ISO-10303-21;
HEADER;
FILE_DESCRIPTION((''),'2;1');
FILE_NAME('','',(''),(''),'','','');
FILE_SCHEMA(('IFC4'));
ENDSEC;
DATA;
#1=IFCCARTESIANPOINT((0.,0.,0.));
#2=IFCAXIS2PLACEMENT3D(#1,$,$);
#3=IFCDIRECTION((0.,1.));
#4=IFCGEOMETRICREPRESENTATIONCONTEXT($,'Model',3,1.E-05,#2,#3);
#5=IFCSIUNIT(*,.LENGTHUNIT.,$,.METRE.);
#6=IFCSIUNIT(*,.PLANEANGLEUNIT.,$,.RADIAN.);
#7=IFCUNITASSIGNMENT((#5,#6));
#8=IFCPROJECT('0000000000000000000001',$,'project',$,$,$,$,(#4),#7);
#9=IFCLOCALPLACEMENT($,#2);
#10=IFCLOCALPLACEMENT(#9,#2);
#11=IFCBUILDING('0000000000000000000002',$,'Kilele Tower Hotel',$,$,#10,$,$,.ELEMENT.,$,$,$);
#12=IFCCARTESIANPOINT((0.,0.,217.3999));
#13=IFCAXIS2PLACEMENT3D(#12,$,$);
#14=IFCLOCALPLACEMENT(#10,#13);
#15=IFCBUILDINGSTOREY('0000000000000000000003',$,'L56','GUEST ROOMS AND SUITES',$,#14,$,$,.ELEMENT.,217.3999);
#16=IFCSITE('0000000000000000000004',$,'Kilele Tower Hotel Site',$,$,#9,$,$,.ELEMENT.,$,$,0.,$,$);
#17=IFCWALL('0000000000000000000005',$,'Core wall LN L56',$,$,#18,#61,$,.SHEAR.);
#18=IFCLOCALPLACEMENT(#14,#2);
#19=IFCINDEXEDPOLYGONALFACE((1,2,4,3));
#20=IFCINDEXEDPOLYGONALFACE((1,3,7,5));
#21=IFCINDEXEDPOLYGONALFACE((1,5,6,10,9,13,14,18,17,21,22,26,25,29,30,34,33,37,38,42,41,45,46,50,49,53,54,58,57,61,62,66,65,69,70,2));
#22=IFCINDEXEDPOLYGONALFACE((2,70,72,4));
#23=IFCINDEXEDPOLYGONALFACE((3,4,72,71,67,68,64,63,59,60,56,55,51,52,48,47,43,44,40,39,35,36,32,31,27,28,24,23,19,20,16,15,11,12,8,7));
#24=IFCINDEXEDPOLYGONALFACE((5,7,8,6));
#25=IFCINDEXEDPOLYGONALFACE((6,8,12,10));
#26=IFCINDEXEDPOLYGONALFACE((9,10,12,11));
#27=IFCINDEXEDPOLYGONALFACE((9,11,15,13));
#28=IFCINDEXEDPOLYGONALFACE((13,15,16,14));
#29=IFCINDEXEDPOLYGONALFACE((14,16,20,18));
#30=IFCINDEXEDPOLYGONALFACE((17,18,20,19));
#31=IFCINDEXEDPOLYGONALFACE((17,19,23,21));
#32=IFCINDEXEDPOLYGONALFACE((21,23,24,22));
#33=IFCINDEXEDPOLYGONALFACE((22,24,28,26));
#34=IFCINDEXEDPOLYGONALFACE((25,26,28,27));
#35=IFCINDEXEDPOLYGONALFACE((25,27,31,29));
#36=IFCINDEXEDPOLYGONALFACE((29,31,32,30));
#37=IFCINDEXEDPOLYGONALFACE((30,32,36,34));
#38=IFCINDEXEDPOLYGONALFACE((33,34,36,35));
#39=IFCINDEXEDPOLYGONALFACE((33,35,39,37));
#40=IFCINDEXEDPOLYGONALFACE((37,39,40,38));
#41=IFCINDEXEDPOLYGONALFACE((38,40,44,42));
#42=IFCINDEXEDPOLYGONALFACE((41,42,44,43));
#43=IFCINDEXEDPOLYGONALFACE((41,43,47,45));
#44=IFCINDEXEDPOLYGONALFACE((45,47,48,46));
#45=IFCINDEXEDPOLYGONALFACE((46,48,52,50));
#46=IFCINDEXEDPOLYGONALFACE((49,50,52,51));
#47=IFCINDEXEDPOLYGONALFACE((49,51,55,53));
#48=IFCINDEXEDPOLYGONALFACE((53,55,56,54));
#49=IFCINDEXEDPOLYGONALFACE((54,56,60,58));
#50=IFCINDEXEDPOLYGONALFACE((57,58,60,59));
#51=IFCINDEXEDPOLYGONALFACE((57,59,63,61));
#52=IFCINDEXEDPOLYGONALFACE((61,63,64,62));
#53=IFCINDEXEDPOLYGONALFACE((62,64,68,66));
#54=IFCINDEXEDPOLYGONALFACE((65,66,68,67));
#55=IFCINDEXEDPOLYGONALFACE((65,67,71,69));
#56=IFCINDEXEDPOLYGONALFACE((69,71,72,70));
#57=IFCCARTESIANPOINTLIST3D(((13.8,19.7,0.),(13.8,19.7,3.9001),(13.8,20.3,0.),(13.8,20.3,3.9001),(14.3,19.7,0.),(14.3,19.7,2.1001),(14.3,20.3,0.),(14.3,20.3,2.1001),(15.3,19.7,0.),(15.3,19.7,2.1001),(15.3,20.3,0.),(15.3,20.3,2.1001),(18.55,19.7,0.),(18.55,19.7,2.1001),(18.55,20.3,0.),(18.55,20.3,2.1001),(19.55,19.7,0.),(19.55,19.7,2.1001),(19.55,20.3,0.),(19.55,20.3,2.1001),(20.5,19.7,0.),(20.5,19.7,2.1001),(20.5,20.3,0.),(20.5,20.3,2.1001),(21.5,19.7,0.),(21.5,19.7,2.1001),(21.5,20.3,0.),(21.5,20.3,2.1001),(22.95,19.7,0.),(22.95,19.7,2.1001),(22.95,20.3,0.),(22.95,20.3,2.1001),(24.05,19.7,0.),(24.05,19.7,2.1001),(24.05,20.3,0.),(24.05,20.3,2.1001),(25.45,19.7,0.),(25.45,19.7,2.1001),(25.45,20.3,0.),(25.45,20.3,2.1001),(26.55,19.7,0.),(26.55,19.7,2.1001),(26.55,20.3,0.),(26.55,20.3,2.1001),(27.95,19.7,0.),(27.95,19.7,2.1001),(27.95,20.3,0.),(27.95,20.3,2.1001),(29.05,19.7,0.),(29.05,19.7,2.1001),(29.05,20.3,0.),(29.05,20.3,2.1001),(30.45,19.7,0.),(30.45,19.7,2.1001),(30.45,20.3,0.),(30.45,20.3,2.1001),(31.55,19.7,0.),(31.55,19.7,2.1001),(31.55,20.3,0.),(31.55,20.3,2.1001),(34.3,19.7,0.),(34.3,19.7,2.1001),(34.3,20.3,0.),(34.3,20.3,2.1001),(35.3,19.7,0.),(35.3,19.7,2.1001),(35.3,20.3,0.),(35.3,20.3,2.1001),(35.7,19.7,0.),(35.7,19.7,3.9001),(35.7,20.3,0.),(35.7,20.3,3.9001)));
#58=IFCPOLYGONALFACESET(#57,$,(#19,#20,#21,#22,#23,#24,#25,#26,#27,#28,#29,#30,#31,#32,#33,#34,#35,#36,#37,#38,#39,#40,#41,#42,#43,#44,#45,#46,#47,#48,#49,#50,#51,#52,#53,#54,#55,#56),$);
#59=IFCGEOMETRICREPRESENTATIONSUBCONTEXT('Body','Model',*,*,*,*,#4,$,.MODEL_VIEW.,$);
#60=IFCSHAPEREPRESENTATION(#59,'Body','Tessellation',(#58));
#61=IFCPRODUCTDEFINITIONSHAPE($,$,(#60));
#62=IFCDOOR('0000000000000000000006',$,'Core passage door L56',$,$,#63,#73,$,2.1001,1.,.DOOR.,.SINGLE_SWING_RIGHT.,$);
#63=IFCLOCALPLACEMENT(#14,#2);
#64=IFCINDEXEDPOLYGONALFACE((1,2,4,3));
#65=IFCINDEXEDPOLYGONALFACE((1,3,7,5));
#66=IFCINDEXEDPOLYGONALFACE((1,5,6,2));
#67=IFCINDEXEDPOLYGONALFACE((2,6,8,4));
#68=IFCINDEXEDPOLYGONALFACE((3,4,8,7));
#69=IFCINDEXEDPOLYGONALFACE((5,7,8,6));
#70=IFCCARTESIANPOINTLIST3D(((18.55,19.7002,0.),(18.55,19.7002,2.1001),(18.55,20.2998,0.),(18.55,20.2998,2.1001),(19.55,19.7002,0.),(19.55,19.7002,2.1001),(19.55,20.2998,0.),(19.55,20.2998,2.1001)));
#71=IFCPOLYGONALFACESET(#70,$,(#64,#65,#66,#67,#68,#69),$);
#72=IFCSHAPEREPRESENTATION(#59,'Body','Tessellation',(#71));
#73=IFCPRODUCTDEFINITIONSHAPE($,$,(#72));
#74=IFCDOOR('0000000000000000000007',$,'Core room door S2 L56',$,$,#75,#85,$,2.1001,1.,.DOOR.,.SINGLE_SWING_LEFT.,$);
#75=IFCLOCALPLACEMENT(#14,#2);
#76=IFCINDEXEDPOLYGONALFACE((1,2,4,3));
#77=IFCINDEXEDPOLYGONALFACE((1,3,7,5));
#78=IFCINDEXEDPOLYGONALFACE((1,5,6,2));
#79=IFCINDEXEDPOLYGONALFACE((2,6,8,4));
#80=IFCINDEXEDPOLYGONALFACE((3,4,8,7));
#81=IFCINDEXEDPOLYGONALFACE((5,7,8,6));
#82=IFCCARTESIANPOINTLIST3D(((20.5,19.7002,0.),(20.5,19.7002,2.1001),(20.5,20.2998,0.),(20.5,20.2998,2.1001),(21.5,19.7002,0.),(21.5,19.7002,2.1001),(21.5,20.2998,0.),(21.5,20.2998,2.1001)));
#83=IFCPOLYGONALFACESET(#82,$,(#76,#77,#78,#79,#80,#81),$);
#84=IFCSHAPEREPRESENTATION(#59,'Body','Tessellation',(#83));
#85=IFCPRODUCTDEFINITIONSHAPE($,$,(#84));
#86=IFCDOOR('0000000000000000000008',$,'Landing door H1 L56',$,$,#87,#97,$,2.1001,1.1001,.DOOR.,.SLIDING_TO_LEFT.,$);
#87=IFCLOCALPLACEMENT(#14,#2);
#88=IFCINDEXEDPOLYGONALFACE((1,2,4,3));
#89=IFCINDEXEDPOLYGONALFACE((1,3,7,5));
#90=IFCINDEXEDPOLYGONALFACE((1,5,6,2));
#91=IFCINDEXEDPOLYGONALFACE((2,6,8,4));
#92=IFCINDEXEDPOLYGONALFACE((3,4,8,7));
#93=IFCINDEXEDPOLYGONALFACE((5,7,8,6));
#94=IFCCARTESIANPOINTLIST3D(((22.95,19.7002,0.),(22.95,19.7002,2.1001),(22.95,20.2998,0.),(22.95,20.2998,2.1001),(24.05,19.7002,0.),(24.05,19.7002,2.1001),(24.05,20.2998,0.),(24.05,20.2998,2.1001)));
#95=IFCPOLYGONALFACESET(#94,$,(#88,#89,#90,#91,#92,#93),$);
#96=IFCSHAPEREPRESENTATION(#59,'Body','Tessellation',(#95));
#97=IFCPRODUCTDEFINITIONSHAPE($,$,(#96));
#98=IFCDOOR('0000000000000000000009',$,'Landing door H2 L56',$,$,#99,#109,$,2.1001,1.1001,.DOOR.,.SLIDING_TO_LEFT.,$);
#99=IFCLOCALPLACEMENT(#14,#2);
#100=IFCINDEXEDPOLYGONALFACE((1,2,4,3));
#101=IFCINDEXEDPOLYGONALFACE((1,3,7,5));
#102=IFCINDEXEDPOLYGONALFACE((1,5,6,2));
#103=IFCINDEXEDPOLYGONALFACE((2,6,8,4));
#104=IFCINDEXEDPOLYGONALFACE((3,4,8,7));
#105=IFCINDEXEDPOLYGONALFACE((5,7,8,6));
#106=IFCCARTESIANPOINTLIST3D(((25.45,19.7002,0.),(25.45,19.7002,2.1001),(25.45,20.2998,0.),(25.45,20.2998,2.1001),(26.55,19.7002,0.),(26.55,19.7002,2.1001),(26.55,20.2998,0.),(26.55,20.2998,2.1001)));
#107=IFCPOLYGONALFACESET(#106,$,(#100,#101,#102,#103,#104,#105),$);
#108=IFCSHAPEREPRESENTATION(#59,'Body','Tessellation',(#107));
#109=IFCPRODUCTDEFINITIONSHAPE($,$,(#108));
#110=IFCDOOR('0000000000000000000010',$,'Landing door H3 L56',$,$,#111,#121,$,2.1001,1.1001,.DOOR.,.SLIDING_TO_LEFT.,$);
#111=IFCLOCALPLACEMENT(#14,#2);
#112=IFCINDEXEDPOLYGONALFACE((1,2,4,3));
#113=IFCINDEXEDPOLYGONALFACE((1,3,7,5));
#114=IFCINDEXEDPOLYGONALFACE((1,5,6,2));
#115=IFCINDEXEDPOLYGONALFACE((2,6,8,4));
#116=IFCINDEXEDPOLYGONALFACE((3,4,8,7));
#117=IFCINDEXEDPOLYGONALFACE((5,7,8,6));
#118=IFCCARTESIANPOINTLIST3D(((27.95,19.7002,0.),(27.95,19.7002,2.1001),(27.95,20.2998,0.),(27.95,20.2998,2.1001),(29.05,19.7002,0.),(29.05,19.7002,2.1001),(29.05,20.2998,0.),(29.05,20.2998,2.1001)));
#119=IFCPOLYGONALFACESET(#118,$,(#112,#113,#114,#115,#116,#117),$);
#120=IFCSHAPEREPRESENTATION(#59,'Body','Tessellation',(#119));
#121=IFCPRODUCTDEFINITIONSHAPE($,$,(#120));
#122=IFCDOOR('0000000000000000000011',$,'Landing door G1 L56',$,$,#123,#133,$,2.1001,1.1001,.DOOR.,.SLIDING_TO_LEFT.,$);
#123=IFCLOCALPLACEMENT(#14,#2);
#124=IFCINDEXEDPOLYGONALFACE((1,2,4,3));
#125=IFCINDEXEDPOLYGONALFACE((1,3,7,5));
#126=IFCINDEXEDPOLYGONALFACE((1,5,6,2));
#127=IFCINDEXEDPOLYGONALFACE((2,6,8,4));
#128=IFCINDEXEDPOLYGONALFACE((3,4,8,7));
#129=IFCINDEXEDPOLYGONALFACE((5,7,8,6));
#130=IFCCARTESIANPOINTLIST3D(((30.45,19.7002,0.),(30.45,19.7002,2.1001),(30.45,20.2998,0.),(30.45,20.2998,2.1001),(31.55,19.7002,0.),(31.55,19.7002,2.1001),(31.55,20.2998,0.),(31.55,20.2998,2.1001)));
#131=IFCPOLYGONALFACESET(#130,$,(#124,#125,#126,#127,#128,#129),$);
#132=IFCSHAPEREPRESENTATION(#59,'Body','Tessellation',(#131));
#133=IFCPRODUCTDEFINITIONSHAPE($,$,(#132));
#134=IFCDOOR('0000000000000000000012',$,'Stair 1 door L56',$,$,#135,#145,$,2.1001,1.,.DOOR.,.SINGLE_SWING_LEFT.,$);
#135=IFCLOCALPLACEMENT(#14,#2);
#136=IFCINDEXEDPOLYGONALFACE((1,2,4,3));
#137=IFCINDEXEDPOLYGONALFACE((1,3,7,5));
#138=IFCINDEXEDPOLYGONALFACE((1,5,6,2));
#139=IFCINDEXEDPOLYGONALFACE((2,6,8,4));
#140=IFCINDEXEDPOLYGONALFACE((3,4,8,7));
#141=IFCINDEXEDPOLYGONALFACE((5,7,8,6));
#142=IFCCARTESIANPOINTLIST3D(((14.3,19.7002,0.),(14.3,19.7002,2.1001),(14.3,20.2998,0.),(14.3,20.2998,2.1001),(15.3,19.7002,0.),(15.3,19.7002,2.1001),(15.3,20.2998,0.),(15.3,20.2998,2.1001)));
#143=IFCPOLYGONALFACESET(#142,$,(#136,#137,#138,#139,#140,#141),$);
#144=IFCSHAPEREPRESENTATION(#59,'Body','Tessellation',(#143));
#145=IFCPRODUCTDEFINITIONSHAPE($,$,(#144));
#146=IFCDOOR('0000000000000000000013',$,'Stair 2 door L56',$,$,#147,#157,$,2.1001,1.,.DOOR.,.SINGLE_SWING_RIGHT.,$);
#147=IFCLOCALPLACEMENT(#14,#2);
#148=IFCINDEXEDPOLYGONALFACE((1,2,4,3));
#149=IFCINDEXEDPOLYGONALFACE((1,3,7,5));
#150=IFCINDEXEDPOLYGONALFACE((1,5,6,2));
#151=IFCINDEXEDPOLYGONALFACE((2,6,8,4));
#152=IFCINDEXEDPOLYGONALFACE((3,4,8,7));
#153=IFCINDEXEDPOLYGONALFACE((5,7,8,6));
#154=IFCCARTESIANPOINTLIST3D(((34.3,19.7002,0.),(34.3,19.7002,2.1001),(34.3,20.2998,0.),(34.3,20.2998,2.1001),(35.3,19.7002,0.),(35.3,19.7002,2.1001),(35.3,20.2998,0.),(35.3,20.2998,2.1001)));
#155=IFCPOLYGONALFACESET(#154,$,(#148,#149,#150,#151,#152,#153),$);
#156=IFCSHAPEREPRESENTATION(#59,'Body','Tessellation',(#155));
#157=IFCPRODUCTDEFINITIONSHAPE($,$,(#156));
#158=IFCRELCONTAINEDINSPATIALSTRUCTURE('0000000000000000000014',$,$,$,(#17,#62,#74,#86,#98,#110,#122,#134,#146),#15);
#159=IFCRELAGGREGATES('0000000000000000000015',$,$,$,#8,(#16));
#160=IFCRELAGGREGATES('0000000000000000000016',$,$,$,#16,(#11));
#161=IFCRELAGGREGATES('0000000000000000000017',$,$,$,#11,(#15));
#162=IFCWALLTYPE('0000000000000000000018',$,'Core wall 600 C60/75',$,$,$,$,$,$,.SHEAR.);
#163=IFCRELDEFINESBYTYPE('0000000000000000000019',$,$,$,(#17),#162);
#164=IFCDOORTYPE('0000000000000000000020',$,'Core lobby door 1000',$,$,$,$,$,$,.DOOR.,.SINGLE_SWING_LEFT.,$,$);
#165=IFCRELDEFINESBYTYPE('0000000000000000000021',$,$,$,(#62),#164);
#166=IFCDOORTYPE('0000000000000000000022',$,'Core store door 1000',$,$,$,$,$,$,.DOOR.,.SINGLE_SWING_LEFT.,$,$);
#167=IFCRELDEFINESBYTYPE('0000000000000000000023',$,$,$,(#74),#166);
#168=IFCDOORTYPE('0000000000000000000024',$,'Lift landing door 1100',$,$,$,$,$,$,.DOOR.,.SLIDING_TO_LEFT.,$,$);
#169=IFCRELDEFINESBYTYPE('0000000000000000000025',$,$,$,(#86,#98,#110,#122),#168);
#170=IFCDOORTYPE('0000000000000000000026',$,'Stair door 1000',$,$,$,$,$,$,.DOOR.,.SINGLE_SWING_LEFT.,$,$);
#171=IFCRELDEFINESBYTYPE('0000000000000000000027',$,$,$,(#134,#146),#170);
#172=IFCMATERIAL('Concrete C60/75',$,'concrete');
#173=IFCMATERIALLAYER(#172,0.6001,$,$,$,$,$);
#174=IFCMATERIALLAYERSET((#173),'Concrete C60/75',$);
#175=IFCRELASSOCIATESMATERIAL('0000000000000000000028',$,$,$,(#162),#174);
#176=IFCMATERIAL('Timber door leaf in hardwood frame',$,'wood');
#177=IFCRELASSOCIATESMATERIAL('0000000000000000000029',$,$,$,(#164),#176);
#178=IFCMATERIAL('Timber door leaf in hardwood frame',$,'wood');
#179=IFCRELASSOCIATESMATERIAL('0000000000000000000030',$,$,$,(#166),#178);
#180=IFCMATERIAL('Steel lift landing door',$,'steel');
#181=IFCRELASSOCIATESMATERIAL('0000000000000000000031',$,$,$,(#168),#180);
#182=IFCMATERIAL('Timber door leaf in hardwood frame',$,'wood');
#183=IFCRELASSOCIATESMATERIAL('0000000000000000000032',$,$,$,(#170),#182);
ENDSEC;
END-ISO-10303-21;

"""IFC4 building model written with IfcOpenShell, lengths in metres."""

from ifc_helpers import new_model, si_unit, direction, frame, frame_2d, origin, place, context, subcontext, project, spatial, rectangle, extrude, material, layer, layer_set, type_object, element, fill, save


model = new_model("IFC4")

# Units and contexts
model_context = context("Model", 3, precision=1e-05, world=origin(), true_north=direction((0.0, 1.0)))
body_context = subcontext(model_context, "Body", "Model", "MODEL_VIEW")
ifc_project = project(units=[si_unit("LENGTHUNIT", "METRE"), si_unit("PLANEANGLEUNIT", "RADIAN")], contexts=[model_context])

# Site, building, storey
site_placement = place(None, origin())
site = spatial("IfcSite", under=ifc_project, at=site_placement, Name="Kilele Tower Hotel Site", CompositionType="ELEMENT", RefElevation=0.0)
building_placement = place(site_placement, origin())
building = spatial("IfcBuilding", under=site, at=building_placement, Name="Kilele Tower Hotel", CompositionType="ELEMENT")
storey_placement = place(building_placement, frame((0.0, 0.0, 217.3999)))
storey = spatial("IfcBuildingStorey", under=building, at=storey_placement, Name="L56", Description="GUEST ROOMS AND SUITES", CompositionType="ELEMENT", Elevation=217.3999)

# Wall, openings, doors
ifc_material_1 = material(Name="Concrete C60/75", Category="concrete")
ifc_layer_1 = layer(ifc_material_1, 0.6001)
ifc_layer_set_1 = layer_set([ifc_layer_1], Name="Concrete C60/75")
wall_type_1 = type_object("IfcWallType", Name="Core wall 600 C60/75", PredefinedType="SHEAR", material=ifc_layer_set_1)
wall_1_placement = place(storey_placement, frame((13.8, 20.0, 0.0), z_axis=(0.0, 0.0, 1.0), x_axis=(1.0, 0.0, 0.0)))
wall_1 = element("IfcWall", 1, at=wall_1_placement, inside=storey, type_object=wall_type_1, Name="Core wall LN L56", PredefinedType="SHEAR", context=body_context, shape_type="SweptSolid", body=[
    extrude(rectangle(XDim=21.8999, YDim=0.6001, at=frame_2d((10.95, 0.0))), origin(), (0.0, 0.0, 1.0), 3.9001),
])
opening_1_placement = place(wall_1_placement, frame((0.5, 0.0, 0.0)))
opening_1 = element("IfcOpeningElement", 2, at=opening_1_placement, cuts=wall_1, PredefinedType="OPENING", context=body_context, shape_type="SweptSolid", body=[
    extrude(rectangle(XDim=1.0, YDim=2.1001, at=frame_2d((0.5, 1.05))), frame((0.0, 0.3101, 0.0), z_axis=(0.0, -1.0, 0.0), x_axis=(1.0, 0.0, 0.0)), (0.0, 0.0, 1.0), 0.6201),
])
opening_2_placement = place(wall_1_placement, frame((20.5, 0.0, 0.0)))
opening_2 = element("IfcOpeningElement", 3, at=opening_2_placement, cuts=wall_1, PredefinedType="OPENING", context=body_context, shape_type="SweptSolid", body=[
    extrude(rectangle(XDim=1.0, YDim=2.1001, at=frame_2d((0.5, 1.05))), frame((0.0, 0.3101, 0.0), z_axis=(0.0, -1.0, 0.0), x_axis=(1.0, 0.0, 0.0)), (0.0, 0.0, 1.0), 0.6201),
])
opening_3_placement = place(wall_1_placement, frame((9.1499, 0.0, 0.0)))
opening_3 = element("IfcOpeningElement", 4, at=opening_3_placement, cuts=wall_1, PredefinedType="OPENING", context=body_context, shape_type="SweptSolid", body=[
    extrude(rectangle(XDim=1.1001, YDim=2.1001, at=frame_2d((0.55, 1.05))), frame((0.0, 0.3101, 0.0), z_axis=(0.0, -1.0, 0.0), x_axis=(1.0, 0.0, 0.0)), (0.0, 0.0, 1.0), 0.6201),
])
opening_4_placement = place(wall_1_placement, frame((11.6499, 0.0, 0.0)))
opening_4 = element("IfcOpeningElement", 5, at=opening_4_placement, cuts=wall_1, PredefinedType="OPENING", context=body_context, shape_type="SweptSolid", body=[
    extrude(rectangle(XDim=1.1001, YDim=2.1001, at=frame_2d((0.55, 1.05))), frame((0.0, 0.3101, 0.0), z_axis=(0.0, -1.0, 0.0), x_axis=(1.0, 0.0, 0.0)), (0.0, 0.0, 1.0), 0.6201),
])
opening_5_placement = place(wall_1_placement, frame((14.1499, 0.0, 0.0)))
opening_5 = element("IfcOpeningElement", 6, at=opening_5_placement, cuts=wall_1, PredefinedType="OPENING", context=body_context, shape_type="SweptSolid", body=[
    extrude(rectangle(XDim=1.1001, YDim=2.1001, at=frame_2d((0.55, 1.05))), frame((0.0, 0.3101, 0.0), z_axis=(0.0, -1.0, 0.0), x_axis=(1.0, 0.0, 0.0)), (0.0, 0.0, 1.0), 0.6201),
])
opening_6_placement = place(wall_1_placement, frame((16.6499, 0.0, 0.0)))
opening_6 = element("IfcOpeningElement", 7, at=opening_6_placement, cuts=wall_1, PredefinedType="OPENING", context=body_context, shape_type="SweptSolid", body=[
    extrude(rectangle(XDim=1.1001, YDim=2.1001, at=frame_2d((0.55, 1.05))), frame((0.0, 0.3101, 0.0), z_axis=(0.0, -1.0, 0.0), x_axis=(1.0, 0.0, 0.0)), (0.0, 0.0, 1.0), 0.6201),
])
opening_7_placement = place(wall_1_placement, frame((5.75, 0.0, 0.0), z_axis=(0.0, 0.0, 1.0), x_axis=(-1.0, 0.0, 0.0)))
opening_7 = element("IfcOpeningElement", 8, at=opening_7_placement, cuts=wall_1, PredefinedType="OPENING", context=body_context, shape_type="SweptSolid", body=[
    extrude(rectangle(XDim=1.0, YDim=2.1001, at=frame_2d((0.5, 1.05))), frame((0.0, 0.3101, 0.0), z_axis=(0.0, -1.0, 0.0), x_axis=(1.0, 0.0, 0.0)), (0.0, 0.0, 1.0), 0.6201),
])
opening_8_placement = place(wall_1_placement, frame((6.7, 0.0, 0.0)))
opening_8 = element("IfcOpeningElement", 9, at=opening_8_placement, cuts=wall_1, PredefinedType="OPENING", context=body_context, shape_type="SweptSolid", body=[
    extrude(rectangle(XDim=1.0, YDim=2.1001, at=frame_2d((0.5, 1.05))), frame((0.0, 0.3101, 0.0), z_axis=(0.0, -1.0, 0.0), x_axis=(1.0, 0.0, 0.0)), (0.0, 0.0, 1.0), 0.6201),
])
ifc_material_2 = material(Name="Timber door leaf in hardwood frame", Category="wood")
door_type_1 = type_object("IfcDoorType", Name="Core lobby door 1000", OperationType="SINGLE_SWING_LEFT", PredefinedType="DOOR", material=ifc_material_2)
door_1_placement = place(opening_7_placement, origin())
door_1 = element("IfcDoor", 10, at=door_1_placement, inside=storey, type_object=door_type_1, Name="Core passage door L56", OperationType="SINGLE_SWING_RIGHT", OverallHeight=2.1001, OverallWidth=1.0, PredefinedType="DOOR", context=body_context, shape_type="SweptSolid", body=[
    extrude(rectangle(XDim=1.0, YDim=2.1001, at=frame_2d((0.5, 1.05))), frame((0.0, 0.2998, 0.0), z_axis=(0.0, -1.0, 0.0), x_axis=(1.0, 0.0, 0.0)), (0.0, 0.0, 1.0), 0.5996),
])
fill(opening_7, door_1)
ifc_material_3 = material(Name="Timber door leaf in hardwood frame", Category="wood")
door_type_2 = type_object("IfcDoorType", Name="Core store door 1000", OperationType="SINGLE_SWING_LEFT", PredefinedType="DOOR", material=ifc_material_3)
door_2_placement = place(opening_8_placement, origin())
door_2 = element("IfcDoor", 11, at=door_2_placement, inside=storey, type_object=door_type_2, Name="Core room door S2 L56", OperationType="SINGLE_SWING_LEFT", OverallHeight=2.1001, OverallWidth=1.0, PredefinedType="DOOR", context=body_context, shape_type="SweptSolid", body=[
    extrude(rectangle(XDim=1.0, YDim=2.1001, at=frame_2d((0.5, 1.05))), frame((0.0, 0.2998, 0.0), z_axis=(0.0, -1.0, 0.0), x_axis=(1.0, 0.0, 0.0)), (0.0, 0.0, 1.0), 0.5996),
])
fill(opening_8, door_2)
ifc_material_4 = material(Name="Steel lift landing door", Category="steel")
door_type_3 = type_object("IfcDoorType", Name="Lift landing door 1100", OperationType="SLIDING_TO_LEFT", PredefinedType="DOOR", material=ifc_material_4)
door_3_placement = place(opening_3_placement, origin())
door_3 = element("IfcDoor", 12, at=door_3_placement, inside=storey, type_object=door_type_3, Name="Landing door H1 L56", OperationType="SLIDING_TO_LEFT", OverallHeight=2.1001, OverallWidth=1.1001, PredefinedType="DOOR", context=body_context, shape_type="SweptSolid", body=[
    extrude(rectangle(XDim=1.1001, YDim=2.1001, at=frame_2d((0.55, 1.05))), frame((0.0, 0.2998, 0.0), z_axis=(0.0, -1.0, 0.0), x_axis=(1.0, 0.0, 0.0)), (0.0, 0.0, 1.0), 0.5996),
])
fill(opening_3, door_3)
door_4_placement = place(opening_4_placement, origin())
door_4 = element("IfcDoor", 13, at=door_4_placement, inside=storey, type_object=door_type_3, Name="Landing door H2 L56", OperationType="SLIDING_TO_LEFT", OverallHeight=2.1001, OverallWidth=1.1001, PredefinedType="DOOR", context=body_context, shape_type="SweptSolid", body=[
    extrude(rectangle(XDim=1.1001, YDim=2.1001, at=frame_2d((0.55, 1.05))), frame((0.0, 0.2998, 0.0), z_axis=(0.0, -1.0, 0.0), x_axis=(1.0, 0.0, 0.0)), (0.0, 0.0, 1.0), 0.5996),
])
fill(opening_4, door_4)
door_5_placement = place(opening_5_placement, origin())
door_5 = element("IfcDoor", 14, at=door_5_placement, inside=storey, type_object=door_type_3, Name="Landing door H3 L56", OperationType="SLIDING_TO_LEFT", OverallHeight=2.1001, OverallWidth=1.1001, PredefinedType="DOOR", context=body_context, shape_type="SweptSolid", body=[
    extrude(rectangle(XDim=1.1001, YDim=2.1001, at=frame_2d((0.55, 1.05))), frame((0.0, 0.2998, 0.0), z_axis=(0.0, -1.0, 0.0), x_axis=(1.0, 0.0, 0.0)), (0.0, 0.0, 1.0), 0.5996),
])
fill(opening_5, door_5)
door_6_placement = place(opening_6_placement, origin())
door_6 = element("IfcDoor", 15, at=door_6_placement, inside=storey, type_object=door_type_3, Name="Landing door G1 L56", OperationType="SLIDING_TO_LEFT", OverallHeight=2.1001, OverallWidth=1.1001, PredefinedType="DOOR", context=body_context, shape_type="SweptSolid", body=[
    extrude(rectangle(XDim=1.1001, YDim=2.1001, at=frame_2d((0.55, 1.05))), frame((0.0, 0.2998, 0.0), z_axis=(0.0, -1.0, 0.0), x_axis=(1.0, 0.0, 0.0)), (0.0, 0.0, 1.0), 0.5996),
])
fill(opening_6, door_6)
ifc_material_5 = material(Name="Timber door leaf in hardwood frame", Category="wood")
door_type_4 = type_object("IfcDoorType", Name="Stair door 1000", OperationType="SINGLE_SWING_LEFT", PredefinedType="DOOR", material=ifc_material_5)
door_7_placement = place(opening_1_placement, origin())
door_7 = element("IfcDoor", 16, at=door_7_placement, inside=storey, type_object=door_type_4, Name="Stair 1 door L56", OperationType="SINGLE_SWING_LEFT", OverallHeight=2.1001, OverallWidth=1.0, PredefinedType="DOOR", context=body_context, shape_type="SweptSolid", body=[
    extrude(rectangle(XDim=1.0, YDim=2.1001, at=frame_2d((0.5, 1.05))), frame((0.0, 0.2998, 0.0), z_axis=(0.0, -1.0, 0.0), x_axis=(1.0, 0.0, 0.0)), (0.0, 0.0, 1.0), 0.5996),
])
fill(opening_1, door_7)
door_8_placement = place(opening_2_placement, origin())
door_8 = element("IfcDoor", 17, at=door_8_placement, inside=storey, type_object=door_type_4, Name="Stair 2 door L56", OperationType="SINGLE_SWING_RIGHT", OverallHeight=2.1001, OverallWidth=1.0, PredefinedType="DOOR", context=body_context, shape_type="SweptSolid", body=[
    extrude(rectangle(XDim=1.0, YDim=2.1001, at=frame_2d((0.5, 1.05))), frame((0.0, 0.2998, 0.0), z_axis=(0.0, -1.0, 0.0), x_axis=(1.0, 0.0, 0.0)), (0.0, 0.0, 1.0), 0.5996),
])
fill(opening_2, door_8)

save(model, "model.ifc")
